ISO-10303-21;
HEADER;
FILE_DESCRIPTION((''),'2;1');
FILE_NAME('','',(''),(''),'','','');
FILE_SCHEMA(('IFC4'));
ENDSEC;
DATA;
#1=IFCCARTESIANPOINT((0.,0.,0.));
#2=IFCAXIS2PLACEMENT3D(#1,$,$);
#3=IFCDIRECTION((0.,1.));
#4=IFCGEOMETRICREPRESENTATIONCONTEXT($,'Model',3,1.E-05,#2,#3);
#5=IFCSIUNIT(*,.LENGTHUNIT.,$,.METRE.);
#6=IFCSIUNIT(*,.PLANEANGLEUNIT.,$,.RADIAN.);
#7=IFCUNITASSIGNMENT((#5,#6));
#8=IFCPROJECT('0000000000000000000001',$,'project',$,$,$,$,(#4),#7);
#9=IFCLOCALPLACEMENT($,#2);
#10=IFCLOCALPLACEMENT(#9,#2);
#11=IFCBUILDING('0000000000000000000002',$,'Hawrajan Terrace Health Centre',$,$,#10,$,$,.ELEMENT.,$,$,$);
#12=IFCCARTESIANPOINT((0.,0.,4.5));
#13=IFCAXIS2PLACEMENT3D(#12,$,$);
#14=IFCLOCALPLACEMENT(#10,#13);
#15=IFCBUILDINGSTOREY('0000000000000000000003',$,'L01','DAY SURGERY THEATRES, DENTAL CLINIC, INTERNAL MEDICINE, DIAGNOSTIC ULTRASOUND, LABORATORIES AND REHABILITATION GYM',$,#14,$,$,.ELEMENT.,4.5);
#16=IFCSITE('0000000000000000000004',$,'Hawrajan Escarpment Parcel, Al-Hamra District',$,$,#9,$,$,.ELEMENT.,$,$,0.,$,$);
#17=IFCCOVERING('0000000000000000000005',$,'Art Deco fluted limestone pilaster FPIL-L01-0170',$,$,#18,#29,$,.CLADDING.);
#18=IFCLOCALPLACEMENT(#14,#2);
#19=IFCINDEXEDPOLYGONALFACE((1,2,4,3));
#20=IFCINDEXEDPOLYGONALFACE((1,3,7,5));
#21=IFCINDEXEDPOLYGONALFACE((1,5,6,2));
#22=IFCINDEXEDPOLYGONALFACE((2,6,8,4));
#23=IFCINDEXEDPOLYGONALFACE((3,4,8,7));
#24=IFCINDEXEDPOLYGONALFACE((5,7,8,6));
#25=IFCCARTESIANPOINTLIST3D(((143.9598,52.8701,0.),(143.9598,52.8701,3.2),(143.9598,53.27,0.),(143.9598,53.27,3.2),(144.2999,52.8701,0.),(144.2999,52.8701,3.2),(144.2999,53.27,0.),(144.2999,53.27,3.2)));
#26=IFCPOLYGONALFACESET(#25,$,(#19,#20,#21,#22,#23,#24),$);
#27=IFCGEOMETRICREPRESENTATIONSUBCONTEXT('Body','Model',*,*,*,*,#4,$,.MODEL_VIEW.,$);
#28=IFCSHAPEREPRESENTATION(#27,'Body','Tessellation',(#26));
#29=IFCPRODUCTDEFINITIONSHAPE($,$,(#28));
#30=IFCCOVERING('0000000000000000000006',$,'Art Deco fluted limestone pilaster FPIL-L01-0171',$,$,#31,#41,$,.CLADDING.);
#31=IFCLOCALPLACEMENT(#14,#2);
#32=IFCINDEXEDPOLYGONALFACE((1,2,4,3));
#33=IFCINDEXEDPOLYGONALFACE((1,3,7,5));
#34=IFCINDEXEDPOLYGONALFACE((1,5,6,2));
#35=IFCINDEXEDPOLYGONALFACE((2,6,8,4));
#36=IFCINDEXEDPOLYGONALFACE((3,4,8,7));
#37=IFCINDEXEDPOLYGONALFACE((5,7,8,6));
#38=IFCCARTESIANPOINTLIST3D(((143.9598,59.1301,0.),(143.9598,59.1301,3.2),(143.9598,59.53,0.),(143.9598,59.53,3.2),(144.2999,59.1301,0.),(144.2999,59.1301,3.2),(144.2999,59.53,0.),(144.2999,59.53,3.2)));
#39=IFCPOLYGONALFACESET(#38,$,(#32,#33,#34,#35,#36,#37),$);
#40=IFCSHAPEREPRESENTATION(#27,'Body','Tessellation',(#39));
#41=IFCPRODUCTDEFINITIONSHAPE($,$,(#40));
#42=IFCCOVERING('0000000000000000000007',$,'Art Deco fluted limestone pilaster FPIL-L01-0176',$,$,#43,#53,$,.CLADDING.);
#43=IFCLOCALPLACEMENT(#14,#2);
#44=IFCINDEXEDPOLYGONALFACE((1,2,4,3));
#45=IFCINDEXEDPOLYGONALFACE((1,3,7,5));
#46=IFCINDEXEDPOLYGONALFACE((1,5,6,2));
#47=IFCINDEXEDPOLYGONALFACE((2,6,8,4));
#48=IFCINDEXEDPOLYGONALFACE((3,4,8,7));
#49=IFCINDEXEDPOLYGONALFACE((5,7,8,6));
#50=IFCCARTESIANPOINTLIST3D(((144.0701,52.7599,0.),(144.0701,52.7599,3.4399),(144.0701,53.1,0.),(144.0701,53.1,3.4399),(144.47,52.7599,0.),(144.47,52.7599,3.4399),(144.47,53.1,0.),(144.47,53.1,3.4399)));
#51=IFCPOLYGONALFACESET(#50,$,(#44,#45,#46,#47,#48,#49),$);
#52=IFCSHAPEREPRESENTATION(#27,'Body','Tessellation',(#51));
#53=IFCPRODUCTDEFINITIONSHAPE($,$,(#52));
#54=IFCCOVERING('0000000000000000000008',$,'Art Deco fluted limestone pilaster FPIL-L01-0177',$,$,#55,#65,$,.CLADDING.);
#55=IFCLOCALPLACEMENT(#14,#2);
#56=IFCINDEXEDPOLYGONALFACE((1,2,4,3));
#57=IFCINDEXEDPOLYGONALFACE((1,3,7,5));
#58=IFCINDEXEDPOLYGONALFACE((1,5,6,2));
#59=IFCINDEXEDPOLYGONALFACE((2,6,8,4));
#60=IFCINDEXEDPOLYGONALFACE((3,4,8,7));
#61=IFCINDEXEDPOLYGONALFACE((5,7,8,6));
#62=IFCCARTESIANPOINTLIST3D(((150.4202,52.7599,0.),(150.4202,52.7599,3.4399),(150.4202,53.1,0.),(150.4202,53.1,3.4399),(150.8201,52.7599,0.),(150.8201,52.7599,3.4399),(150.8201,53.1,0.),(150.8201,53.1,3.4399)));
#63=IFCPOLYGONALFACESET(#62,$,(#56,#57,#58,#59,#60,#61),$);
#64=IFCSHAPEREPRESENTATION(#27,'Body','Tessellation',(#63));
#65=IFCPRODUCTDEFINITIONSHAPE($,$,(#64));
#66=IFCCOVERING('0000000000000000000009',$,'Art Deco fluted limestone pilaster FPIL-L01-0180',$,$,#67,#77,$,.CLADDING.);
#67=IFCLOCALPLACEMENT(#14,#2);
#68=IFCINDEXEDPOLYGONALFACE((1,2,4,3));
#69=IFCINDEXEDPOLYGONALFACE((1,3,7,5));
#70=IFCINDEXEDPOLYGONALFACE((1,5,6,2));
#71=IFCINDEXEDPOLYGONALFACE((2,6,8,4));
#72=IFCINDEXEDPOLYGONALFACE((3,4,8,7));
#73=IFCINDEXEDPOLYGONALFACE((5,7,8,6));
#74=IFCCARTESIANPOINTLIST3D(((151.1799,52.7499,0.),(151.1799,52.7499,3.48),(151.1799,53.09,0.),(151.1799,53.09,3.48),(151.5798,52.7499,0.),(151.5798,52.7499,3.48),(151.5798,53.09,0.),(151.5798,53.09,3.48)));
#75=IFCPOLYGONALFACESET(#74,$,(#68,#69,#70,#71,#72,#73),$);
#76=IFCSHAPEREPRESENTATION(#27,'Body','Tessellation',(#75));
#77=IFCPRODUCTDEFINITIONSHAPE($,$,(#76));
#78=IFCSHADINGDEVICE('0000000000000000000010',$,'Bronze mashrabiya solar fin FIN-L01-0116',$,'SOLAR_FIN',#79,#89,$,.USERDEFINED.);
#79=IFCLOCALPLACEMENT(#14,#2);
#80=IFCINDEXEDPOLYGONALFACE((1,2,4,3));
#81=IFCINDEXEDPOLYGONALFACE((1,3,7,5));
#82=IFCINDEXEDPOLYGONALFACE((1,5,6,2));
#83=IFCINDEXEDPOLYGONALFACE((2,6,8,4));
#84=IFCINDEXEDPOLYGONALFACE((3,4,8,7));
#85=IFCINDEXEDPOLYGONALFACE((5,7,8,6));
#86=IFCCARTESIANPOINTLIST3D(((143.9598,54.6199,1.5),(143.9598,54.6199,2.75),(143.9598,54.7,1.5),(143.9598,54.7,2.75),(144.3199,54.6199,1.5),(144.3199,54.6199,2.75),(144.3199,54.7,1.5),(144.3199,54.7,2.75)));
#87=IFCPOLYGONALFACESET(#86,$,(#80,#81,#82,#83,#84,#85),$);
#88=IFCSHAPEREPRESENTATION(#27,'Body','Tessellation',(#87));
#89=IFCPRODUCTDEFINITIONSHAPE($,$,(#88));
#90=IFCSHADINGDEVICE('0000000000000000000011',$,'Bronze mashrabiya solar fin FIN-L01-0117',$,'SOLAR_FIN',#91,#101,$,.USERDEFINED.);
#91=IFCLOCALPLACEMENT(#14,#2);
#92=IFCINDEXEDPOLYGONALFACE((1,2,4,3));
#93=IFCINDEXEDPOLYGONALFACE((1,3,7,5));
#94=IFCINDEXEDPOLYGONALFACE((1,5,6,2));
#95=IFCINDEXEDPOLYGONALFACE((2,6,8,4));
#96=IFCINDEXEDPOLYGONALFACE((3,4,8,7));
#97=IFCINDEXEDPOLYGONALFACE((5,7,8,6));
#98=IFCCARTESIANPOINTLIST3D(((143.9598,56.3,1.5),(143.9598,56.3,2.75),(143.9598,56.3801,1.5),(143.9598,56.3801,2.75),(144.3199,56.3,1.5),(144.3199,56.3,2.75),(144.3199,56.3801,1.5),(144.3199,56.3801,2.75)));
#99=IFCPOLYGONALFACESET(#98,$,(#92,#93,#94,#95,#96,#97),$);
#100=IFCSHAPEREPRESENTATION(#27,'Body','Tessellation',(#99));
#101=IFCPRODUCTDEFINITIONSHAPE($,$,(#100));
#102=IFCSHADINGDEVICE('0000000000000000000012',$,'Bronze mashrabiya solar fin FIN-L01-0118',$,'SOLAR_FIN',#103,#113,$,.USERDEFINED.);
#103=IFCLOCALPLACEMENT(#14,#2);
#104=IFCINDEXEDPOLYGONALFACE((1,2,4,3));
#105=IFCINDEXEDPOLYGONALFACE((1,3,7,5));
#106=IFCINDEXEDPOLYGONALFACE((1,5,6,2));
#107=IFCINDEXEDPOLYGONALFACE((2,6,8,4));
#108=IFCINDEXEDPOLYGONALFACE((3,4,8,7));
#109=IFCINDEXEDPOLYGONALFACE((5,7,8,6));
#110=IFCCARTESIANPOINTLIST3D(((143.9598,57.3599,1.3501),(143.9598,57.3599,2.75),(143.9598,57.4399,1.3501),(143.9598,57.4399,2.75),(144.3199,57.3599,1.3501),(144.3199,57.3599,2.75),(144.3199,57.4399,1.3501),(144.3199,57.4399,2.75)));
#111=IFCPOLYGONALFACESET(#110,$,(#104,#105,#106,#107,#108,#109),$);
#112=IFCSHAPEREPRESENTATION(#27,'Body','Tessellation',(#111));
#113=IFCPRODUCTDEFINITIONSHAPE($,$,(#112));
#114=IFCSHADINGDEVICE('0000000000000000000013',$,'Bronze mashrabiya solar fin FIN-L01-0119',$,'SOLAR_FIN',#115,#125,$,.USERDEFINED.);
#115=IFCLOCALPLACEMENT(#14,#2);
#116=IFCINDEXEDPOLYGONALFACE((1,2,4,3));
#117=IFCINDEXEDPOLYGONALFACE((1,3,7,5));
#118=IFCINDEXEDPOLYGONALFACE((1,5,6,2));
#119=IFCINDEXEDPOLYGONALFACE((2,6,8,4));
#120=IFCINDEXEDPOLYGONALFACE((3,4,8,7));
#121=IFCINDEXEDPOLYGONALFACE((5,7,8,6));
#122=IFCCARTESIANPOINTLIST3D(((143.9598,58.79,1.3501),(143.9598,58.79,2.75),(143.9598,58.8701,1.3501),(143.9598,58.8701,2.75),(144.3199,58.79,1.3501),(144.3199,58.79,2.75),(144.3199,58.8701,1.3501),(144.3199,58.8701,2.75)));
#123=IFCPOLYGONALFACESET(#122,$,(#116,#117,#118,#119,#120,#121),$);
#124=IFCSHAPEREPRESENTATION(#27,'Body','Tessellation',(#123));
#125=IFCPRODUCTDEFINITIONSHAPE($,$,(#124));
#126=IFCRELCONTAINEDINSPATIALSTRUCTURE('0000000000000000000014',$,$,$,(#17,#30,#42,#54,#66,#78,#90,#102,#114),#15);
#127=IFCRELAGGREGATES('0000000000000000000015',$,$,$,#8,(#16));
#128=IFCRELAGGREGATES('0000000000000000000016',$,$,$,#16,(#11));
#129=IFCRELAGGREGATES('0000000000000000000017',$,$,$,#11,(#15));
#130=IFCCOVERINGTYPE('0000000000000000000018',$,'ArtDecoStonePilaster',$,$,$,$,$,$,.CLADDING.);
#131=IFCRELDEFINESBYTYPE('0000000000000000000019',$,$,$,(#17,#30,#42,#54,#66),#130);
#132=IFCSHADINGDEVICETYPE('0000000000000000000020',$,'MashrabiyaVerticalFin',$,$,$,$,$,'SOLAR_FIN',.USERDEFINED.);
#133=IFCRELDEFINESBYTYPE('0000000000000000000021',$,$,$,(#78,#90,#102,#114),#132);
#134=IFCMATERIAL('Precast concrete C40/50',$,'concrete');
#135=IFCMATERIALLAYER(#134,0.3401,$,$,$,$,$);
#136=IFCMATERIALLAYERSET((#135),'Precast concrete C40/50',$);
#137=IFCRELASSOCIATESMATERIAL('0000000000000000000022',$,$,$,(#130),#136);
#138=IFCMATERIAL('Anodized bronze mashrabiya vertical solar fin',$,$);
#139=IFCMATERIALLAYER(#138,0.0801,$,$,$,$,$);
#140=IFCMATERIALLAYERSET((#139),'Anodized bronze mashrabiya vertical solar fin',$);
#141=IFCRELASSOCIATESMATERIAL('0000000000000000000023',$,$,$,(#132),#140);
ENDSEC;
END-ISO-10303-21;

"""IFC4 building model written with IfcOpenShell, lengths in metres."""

from ifc_helpers import new_model, si_unit, direction, frame, origin, origin_2d, place, context, subcontext, project, spatial, rectangle, extrude, material, layer, layer_set, type_object, element, save


model = new_model("IFC4")

# Units and contexts
model_context = context("Model", 3, precision=1e-05, world=origin(), true_north=direction((0.0, 1.0)))
body_context = subcontext(model_context, "Body", "Model", "MODEL_VIEW")
ifc_project = project(units=[si_unit("LENGTHUNIT", "METRE"), si_unit("PLANEANGLEUNIT", "RADIAN")], contexts=[model_context])

# Site, building, storey
site_placement = place(None, origin())
site = spatial("IfcSite", under=ifc_project, at=site_placement, Name="Hawrajan Escarpment Parcel, Al-Hamra District", CompositionType="ELEMENT", RefElevation=0.0)
building_placement = place(site_placement, origin())
building = spatial("IfcBuilding", under=site, at=building_placement, Name="Hawrajan Terrace Health Centre", CompositionType="ELEMENT")
storey_placement = place(building_placement, frame((0.0, 0.0, 4.5)))
storey = spatial("IfcBuildingStorey", under=building, at=storey_placement, Name="L01", Description="DAY SURGERY THEATRES, DENTAL CLINIC, INTERNAL MEDICINE, DIAGNOSTIC ULTRASOUND, LABORATORIES AND REHABILITATION GYM", CompositionType="ELEMENT", Elevation=4.5)

# Shared definitions
ifc_material_1 = material(Name="Precast concrete C40/50", Category="concrete")

# Coverings
ifc_layer_1 = layer(ifc_material_1, 0.3401)
ifc_layer_set_1 = layer_set([ifc_layer_1], Name="Precast concrete C40/50")
covering_type_1 = type_object("IfcCoveringType", Name="ArtDecoStonePilaster", PredefinedType="CLADDING", material=ifc_layer_set_1)
for number, where, z_axis, x_axis, name in (
    (1, (144.1299, 53.0701, 0.0), (0.0, 0.0, 1.0), (0.0, 1.0, 0.0), "Art Deco fluted limestone pilaster FPIL-L01-0170"),
    (2, (144.1299, 59.3301, 0.0), (0.0, 0.0, 1.0), (0.0, 1.0, 0.0), "Art Deco fluted limestone pilaster FPIL-L01-0171"),
):
    element("IfcCovering", number, at=place(storey_placement, frame(where, z_axis=z_axis, x_axis=x_axis)), inside=storey, type_object=covering_type_1, Name=name, PredefinedType="CLADDING", context=body_context, shape_type="SweptSolid", body=[
        extrude(rectangle(XDim=0.3999, YDim=0.3401, at=origin_2d()), origin(), (0.0, 0.0, 1.0), 3.2),
    ])
for number, where, z_axis, x_axis, name in (
    (3, (144.27, 52.9299, 0.0), (0.0, 0.0, 1.0), (1.0, 0.0, 0.0), "Art Deco fluted limestone pilaster FPIL-L01-0176"),
    (4, (150.6201, 52.9299, 0.0), (0.0, 0.0, 1.0), (1.0, 0.0, 0.0), "Art Deco fluted limestone pilaster FPIL-L01-0177"),
):
    element("IfcCovering", number, at=place(storey_placement, frame(where, z_axis=z_axis, x_axis=x_axis)), inside=storey, type_object=covering_type_1, Name=name, PredefinedType="CLADDING", context=body_context, shape_type="SweptSolid", body=[
        extrude(rectangle(XDim=0.3999, YDim=0.3401, at=origin_2d()), origin(), (0.0, 0.0, 1.0), 3.4399),
    ])
covering_1_placement = place(storey_placement, frame((151.3799, 52.9199, 0.0), z_axis=(0.0, 0.0, 1.0), x_axis=(1.0, 0.0, 0.0)))
element("IfcCovering", 5, at=covering_1_placement, inside=storey, type_object=covering_type_1, Name="Art Deco fluted limestone pilaster FPIL-L01-0180", PredefinedType="CLADDING", context=body_context, shape_type="SweptSolid", body=[
    extrude(rectangle(XDim=0.3999, YDim=0.3401, at=origin_2d()), origin(), (0.0, 0.0, 1.0), 3.48),
])

# Shading devices
ifc_material_2 = material(Name="Anodized bronze mashrabiya vertical solar fin")
ifc_layer_2 = layer(ifc_material_2, 0.0801)
ifc_layer_set_2 = layer_set([ifc_layer_2], Name="Anodized bronze mashrabiya vertical solar fin")
shading_device_type = type_object("IfcShadingDeviceType", Name="MashrabiyaVerticalFin", ElementType="SOLAR_FIN", PredefinedType="USERDEFINED", material=ifc_layer_set_2)
for number, where, z_axis, x_axis, name in (
    (6, (144.1399, 54.6599, 1.5), (0.0, 0.0, 1.0), (0.0, 1.0, 0.0), "Bronze mashrabiya solar fin FIN-L01-0116"),
    (7, (144.1399, 56.3401, 1.5), (0.0, 0.0, 1.0), (0.0, 1.0, 0.0), "Bronze mashrabiya solar fin FIN-L01-0117"),
):
    element("IfcShadingDevice", number, at=place(storey_placement, frame(where, z_axis=z_axis, x_axis=x_axis)), inside=storey, type_object=shading_device_type, Name=name, ObjectType="SOLAR_FIN", PredefinedType="USERDEFINED", context=body_context, shape_type="SweptSolid", body=[
        extrude(rectangle(XDim=0.0801, YDim=0.3601, at=origin_2d()), origin(), (0.0, 0.0, 1.0), 1.25),
    ])
for number, where, z_axis, x_axis, name in (
    (8, (144.1399, 57.3999, 1.3501), (0.0, 0.0, 1.0), (0.0, 1.0, 0.0), "Bronze mashrabiya solar fin FIN-L01-0118"),
    (9, (144.1399, 58.8301, 1.3501), (0.0, 0.0, 1.0), (0.0, 1.0, 0.0), "Bronze mashrabiya solar fin FIN-L01-0119"),
):
    element("IfcShadingDevice", number, at=place(storey_placement, frame(where, z_axis=z_axis, x_axis=x_axis)), inside=storey, type_object=shading_device_type, Name=name, ObjectType="SOLAR_FIN", PredefinedType="USERDEFINED", context=body_context, shape_type="SweptSolid", body=[
        extrude(rectangle(XDim=0.0801, YDim=0.3601, at=origin_2d()), origin(), (0.0, 0.0, 1.0), 1.3999),
    ])

save(model, "model.ifc")
